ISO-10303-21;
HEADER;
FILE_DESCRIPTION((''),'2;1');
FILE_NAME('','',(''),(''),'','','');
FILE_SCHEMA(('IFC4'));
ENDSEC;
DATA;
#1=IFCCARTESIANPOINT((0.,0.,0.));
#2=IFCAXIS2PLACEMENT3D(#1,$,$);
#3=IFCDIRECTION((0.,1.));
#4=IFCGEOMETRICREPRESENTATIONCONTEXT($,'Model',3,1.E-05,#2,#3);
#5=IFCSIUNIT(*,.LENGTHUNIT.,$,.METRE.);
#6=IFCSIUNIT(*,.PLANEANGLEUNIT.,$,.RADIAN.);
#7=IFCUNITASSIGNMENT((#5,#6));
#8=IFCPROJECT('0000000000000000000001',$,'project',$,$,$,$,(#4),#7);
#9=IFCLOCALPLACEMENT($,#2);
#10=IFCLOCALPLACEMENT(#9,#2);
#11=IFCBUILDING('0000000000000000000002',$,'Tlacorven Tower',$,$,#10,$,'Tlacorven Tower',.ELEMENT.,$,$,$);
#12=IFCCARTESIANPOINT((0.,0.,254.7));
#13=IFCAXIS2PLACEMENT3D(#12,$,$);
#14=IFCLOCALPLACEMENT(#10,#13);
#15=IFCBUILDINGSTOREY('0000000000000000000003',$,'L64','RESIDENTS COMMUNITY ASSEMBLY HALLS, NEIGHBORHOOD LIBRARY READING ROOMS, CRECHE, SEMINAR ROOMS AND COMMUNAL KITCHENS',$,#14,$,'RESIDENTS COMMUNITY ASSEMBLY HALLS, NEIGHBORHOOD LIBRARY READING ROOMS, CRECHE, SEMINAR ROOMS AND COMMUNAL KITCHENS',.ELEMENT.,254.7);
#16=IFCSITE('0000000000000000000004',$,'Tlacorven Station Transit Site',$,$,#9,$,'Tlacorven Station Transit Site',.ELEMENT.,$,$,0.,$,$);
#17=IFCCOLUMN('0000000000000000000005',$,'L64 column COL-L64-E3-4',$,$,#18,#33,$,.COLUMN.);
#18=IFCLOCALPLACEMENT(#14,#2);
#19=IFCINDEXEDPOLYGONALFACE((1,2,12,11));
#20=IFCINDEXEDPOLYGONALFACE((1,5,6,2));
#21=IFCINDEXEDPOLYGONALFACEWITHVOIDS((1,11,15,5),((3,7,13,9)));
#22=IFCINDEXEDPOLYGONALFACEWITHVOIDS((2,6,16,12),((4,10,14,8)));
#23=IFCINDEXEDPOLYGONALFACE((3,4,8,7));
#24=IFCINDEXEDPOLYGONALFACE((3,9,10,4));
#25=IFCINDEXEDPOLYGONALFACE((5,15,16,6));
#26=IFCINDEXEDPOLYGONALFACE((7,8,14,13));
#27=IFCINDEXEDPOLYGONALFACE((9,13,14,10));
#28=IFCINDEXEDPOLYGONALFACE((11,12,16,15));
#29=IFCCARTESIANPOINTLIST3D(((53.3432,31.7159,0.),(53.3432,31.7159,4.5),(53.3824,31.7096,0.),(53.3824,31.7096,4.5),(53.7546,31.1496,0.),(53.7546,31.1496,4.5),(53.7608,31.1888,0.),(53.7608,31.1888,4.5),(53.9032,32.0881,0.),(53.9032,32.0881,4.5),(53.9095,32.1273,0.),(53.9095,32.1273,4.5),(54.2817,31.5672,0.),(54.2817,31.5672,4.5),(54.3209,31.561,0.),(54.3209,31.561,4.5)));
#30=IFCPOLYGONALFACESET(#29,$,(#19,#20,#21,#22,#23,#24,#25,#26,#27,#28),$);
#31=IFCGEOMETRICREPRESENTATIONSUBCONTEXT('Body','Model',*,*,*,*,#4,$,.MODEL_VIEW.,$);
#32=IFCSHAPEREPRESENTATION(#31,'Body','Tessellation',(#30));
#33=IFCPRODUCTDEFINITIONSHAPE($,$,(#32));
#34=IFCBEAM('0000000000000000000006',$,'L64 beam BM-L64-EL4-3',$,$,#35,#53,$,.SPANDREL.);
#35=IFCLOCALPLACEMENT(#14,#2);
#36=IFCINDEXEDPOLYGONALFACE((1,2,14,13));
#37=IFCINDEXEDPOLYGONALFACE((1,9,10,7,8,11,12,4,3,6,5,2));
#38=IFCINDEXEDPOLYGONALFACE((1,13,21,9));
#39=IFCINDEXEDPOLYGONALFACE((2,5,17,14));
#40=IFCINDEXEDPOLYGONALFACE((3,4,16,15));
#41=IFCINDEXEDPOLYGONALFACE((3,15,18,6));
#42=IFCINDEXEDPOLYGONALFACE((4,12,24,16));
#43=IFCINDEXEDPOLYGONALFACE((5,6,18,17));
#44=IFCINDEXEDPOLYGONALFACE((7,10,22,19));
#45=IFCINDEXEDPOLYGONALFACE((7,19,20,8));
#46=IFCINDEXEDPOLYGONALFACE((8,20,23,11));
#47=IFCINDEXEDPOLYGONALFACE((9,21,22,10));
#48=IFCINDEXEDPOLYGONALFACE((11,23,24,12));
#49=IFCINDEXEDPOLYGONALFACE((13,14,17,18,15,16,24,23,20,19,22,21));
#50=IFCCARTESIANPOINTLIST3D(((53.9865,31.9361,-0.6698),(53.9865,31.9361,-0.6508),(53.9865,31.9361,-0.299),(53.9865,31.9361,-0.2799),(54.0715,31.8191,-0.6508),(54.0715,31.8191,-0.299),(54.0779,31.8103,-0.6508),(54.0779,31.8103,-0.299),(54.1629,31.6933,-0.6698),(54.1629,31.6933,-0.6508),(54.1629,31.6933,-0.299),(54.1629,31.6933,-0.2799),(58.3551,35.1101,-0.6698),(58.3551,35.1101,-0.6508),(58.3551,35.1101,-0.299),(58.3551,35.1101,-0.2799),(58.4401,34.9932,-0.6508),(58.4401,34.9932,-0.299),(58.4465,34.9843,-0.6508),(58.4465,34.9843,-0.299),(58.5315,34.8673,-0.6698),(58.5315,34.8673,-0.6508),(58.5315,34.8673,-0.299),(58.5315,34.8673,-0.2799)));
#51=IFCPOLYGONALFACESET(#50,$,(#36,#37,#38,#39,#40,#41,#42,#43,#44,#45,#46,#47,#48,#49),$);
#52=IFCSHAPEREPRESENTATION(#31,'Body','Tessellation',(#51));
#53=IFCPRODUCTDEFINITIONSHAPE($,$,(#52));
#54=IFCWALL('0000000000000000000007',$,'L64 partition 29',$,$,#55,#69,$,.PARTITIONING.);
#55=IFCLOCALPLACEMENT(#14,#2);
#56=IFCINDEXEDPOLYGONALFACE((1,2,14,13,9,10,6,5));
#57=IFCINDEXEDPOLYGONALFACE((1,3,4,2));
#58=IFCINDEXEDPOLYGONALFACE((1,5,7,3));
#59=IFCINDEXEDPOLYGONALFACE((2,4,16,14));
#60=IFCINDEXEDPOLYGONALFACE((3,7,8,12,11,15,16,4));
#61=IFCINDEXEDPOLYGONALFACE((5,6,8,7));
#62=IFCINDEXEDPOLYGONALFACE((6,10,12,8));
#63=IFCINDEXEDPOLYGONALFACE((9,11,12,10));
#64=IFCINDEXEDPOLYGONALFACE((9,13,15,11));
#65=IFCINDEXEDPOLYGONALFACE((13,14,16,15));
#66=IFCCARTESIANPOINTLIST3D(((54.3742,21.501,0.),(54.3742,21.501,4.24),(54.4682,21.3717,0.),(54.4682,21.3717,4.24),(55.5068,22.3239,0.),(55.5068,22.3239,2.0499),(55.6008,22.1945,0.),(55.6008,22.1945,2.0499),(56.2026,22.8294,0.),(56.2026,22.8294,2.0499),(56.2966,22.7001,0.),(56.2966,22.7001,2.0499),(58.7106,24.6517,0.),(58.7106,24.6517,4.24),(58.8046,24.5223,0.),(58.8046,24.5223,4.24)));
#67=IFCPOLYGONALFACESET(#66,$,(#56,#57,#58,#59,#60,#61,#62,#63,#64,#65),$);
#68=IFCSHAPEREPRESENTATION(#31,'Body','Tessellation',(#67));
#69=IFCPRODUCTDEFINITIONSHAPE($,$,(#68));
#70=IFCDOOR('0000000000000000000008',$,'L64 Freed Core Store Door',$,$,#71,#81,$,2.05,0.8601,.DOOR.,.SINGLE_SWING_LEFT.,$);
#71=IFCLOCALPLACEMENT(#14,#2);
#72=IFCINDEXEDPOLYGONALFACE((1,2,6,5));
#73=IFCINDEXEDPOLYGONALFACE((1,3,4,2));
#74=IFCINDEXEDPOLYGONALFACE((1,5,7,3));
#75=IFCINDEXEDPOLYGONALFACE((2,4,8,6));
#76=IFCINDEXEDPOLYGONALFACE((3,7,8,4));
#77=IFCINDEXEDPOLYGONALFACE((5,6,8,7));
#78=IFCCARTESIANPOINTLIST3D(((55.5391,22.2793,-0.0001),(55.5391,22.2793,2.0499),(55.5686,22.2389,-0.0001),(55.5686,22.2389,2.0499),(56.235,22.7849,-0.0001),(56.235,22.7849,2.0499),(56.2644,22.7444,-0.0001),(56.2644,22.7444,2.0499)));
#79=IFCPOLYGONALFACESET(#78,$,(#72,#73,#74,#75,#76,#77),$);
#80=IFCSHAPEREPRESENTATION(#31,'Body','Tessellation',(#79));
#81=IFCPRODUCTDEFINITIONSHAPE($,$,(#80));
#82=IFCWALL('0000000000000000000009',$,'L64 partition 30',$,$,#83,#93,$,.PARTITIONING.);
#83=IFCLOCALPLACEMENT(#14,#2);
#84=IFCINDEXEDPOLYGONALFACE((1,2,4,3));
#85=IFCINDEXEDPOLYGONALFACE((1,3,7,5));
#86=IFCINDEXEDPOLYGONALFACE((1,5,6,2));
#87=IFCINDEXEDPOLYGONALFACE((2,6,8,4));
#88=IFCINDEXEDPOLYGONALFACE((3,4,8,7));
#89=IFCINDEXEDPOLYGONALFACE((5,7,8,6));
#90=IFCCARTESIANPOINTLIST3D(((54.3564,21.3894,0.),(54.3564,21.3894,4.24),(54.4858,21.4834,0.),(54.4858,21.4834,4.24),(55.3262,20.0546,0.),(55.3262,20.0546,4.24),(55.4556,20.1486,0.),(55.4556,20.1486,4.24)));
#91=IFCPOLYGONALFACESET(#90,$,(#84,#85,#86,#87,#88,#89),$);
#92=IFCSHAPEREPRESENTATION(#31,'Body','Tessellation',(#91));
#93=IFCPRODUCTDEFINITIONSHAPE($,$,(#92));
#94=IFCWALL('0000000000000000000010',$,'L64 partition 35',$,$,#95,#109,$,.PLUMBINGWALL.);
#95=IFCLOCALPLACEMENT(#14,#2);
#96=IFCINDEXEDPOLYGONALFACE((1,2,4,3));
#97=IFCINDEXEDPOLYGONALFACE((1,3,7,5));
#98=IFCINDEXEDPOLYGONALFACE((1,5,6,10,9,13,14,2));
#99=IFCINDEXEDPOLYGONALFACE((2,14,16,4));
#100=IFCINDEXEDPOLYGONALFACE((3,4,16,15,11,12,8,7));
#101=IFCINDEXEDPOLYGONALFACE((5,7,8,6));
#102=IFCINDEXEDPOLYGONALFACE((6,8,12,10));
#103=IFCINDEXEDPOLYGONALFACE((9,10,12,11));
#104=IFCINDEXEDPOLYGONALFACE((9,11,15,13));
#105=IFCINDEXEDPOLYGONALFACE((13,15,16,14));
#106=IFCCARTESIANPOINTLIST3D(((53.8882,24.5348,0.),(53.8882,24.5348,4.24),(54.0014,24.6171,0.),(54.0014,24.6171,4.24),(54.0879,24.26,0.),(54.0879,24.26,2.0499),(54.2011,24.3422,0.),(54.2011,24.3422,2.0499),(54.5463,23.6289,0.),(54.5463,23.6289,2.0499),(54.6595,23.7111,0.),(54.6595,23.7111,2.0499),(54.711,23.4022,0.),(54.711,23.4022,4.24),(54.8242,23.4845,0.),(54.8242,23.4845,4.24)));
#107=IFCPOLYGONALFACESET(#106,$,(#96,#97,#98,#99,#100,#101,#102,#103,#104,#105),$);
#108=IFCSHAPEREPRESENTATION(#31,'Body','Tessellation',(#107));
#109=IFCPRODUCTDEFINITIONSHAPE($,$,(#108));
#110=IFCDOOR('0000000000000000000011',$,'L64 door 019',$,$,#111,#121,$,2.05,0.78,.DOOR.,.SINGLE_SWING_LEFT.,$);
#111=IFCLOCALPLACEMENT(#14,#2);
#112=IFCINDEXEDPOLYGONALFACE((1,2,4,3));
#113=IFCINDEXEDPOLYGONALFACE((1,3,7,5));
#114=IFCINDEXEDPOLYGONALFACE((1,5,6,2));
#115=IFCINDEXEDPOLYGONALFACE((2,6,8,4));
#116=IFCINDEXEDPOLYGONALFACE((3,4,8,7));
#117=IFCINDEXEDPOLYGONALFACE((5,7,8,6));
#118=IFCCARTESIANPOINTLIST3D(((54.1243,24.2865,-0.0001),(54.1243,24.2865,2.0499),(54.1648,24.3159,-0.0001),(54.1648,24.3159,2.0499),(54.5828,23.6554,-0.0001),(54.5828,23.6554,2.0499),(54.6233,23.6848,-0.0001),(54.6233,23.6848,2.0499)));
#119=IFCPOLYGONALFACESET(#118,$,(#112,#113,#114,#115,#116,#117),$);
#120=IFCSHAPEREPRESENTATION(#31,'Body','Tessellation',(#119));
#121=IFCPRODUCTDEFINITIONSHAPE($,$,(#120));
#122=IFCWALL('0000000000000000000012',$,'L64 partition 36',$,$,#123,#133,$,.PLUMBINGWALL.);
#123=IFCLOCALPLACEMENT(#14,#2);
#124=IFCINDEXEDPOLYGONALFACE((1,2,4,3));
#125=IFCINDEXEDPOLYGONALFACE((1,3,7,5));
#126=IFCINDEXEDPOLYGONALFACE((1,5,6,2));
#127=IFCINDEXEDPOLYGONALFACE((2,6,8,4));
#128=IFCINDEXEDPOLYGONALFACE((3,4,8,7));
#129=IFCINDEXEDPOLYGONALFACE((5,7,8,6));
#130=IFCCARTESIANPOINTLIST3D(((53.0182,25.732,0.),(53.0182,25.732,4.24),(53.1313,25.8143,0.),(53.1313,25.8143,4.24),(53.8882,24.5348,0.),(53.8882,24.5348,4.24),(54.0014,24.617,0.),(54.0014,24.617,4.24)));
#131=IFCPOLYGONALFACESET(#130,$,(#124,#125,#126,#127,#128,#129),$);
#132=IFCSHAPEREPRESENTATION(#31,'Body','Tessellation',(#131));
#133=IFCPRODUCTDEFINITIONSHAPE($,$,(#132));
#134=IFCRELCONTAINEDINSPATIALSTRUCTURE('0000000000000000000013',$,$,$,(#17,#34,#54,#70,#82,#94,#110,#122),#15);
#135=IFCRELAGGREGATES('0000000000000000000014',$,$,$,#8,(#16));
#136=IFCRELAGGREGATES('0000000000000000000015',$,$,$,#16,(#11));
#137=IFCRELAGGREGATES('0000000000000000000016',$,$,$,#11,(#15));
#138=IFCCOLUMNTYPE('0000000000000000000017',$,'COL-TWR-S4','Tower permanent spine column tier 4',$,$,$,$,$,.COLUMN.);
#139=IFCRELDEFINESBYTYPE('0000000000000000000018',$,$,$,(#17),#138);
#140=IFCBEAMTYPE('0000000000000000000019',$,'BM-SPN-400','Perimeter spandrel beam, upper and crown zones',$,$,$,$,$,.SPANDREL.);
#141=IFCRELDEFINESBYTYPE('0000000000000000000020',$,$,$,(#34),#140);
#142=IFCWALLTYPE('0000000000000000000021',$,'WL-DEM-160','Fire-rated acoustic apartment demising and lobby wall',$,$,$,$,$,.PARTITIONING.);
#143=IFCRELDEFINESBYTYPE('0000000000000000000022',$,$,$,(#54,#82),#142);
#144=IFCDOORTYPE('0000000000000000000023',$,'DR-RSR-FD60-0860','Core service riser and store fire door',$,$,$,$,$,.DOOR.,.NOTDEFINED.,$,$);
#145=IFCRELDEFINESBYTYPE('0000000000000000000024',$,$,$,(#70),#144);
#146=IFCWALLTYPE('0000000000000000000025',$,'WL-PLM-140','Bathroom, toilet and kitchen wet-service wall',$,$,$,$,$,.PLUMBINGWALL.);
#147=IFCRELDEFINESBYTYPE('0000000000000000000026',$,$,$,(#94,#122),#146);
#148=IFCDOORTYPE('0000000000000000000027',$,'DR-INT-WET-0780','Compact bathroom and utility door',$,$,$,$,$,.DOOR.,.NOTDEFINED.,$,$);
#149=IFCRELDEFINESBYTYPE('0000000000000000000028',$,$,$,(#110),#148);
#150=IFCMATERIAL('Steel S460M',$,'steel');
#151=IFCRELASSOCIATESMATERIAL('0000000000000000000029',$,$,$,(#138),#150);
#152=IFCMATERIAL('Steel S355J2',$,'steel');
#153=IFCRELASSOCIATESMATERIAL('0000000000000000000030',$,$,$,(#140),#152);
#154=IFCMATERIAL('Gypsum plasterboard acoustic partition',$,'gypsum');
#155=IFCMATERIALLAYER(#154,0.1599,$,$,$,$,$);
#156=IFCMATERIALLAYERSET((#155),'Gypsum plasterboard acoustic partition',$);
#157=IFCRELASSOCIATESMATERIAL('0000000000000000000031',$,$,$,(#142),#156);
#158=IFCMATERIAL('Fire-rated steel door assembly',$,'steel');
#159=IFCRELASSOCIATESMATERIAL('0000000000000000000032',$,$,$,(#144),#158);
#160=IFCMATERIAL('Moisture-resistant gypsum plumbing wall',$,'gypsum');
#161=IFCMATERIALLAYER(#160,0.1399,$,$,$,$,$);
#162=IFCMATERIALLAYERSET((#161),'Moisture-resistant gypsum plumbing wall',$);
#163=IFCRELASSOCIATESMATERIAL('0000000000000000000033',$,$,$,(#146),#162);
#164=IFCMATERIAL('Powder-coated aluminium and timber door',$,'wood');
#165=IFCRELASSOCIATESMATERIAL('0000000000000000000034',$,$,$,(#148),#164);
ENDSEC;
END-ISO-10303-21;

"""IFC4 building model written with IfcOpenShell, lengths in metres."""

from ifc_helpers import new_model, si_unit, direction, frame, frame_2d, origin, origin_2d, place, context, subcontext, project, spatial, rectangle, hollow_rectangle, i_section, extrude, source, transform, mapped, material, layer, layer_set, material_profile, profile_set, type_object, element, fill, save


model = new_model("IFC4")

# Units and contexts
model_context = context("Model", 3, precision=1e-05, world=origin(), true_north=direction((0.0, 1.0)))
body_context = subcontext(model_context, "Body", "Model", "MODEL_VIEW")
ifc_project = project(units=[si_unit("LENGTHUNIT", "METRE"), si_unit("PLANEANGLEUNIT", "RADIAN")], contexts=[model_context])

# Site, building, storey
site_placement = place(None, origin())
site = spatial("IfcSite", under=ifc_project, at=site_placement, Name="Tlacorven Station Transit Site", LongName="Tlacorven Station Transit Site", CompositionType="ELEMENT", RefElevation=0.0)
building_placement = place(site_placement, origin())
building = spatial("IfcBuilding", under=site, at=building_placement, Name="Tlacorven Tower", LongName="Tlacorven Tower", CompositionType="ELEMENT")
storey_placement = place(building_placement, frame((0.0, 0.0, 254.7)))
storey = spatial("IfcBuildingStorey", under=building, at=storey_placement, Name="L64", Description="RESIDENTS COMMUNITY ASSEMBLY HALLS, NEIGHBORHOOD LIBRARY READING ROOMS, CRECHE, SEMINAR ROOMS AND COMMUNAL KITCHENS", LongName="RESIDENTS COMMUNITY ASSEMBLY HALLS, NEIGHBORHOOD LIBRARY READING ROOMS, CRECHE, SEMINAR ROOMS AND COMMUNAL KITCHENS", CompositionType="ELEMENT", Elevation=254.7)

# Column
ifc_material_1 = material(Name="Steel S460M", Category="steel")
ifc_material_profile_1 = material_profile(ifc_material_1, hollow_rectangle(XDim=0.7, YDim=0.7, WallThickness=0.0281, at=origin_2d()), Name="BOX 700X700X28")
ifc_profile_set_1 = profile_set([ifc_material_profile_1], Name="Steel S460M")
column_type = type_object("IfcColumnType", Name="COL-TWR-S4", Description="Tower permanent spine column tier 4", PredefinedType="COLUMN", material=ifc_profile_set_1)
shared_shape_1 = source(origin(), body_context, "Body", "SweptSolid", [
    extrude(hollow_rectangle(XDim=0.7, YDim=0.7, WallThickness=0.0281, at=origin_2d()), origin(), (0.0, 0.0, 1.0), 4.5),
])
column_placement = place(storey_placement, frame((53.832, 31.6384, 0.0), z_axis=(0.0, 0.0, 1.0), x_axis=(0.809017, 0.587785, 0.0)))
element("IfcColumn", 1, at=column_placement, inside=storey, type_object=column_type, Name="L64 column COL-L64-E3-4", PredefinedType="COLUMN", context=body_context, shape_type="MappedRepresentation", body=[
    mapped(shared_shape_1, transform((0.0, 0.0, 0.0), scale=1.0)),
])

# Beam
ifc_material_2 = material(Name="Steel S355J2", Category="steel")
ifc_material_profile_2 = material_profile(ifc_material_2, i_section(OverallWidth=0.3, OverallDepth=0.3899, WebThickness=0.011, FlangeThickness=0.019, at=origin_2d()), Name="HEA 400")
ifc_profile_set_2 = profile_set([ifc_material_profile_2], Name="Steel S355J2")
beam_type = type_object("IfcBeamType", Name="BM-SPN-400", Description="Perimeter spandrel beam, upper and crown zones", PredefinedType="SPANDREL", material=ifc_profile_set_2)
shared_shape_2 = source(origin(), body_context, "Body", "SweptSolid", [
    extrude(i_section(OverallWidth=0.3, OverallDepth=0.3899, WebThickness=0.011, FlangeThickness=0.019, at=origin_2d()), origin(), (0.0, 0.0, 1.0), 5.3999),
])
beam_placement = place(storey_placement, frame((54.0747, 31.8147, -0.4749), z_axis=(0.809012, 0.587793, 0.0), x_axis=(-0.587793, 0.809012, 0.0)))
element("IfcBeam", 2, at=beam_placement, inside=storey, type_object=beam_type, Name="L64 beam BM-L64-EL4-3", PredefinedType="SPANDREL", context=body_context, shape_type="MappedRepresentation", body=[
    mapped(shared_shape_2, transform((0.0, 0.0, 0.0), scale=1.0)),
])

# Wall, opening, door
ifc_material_3 = material(Name="Gypsum plasterboard acoustic partition", Category="gypsum")
ifc_layer_1 = layer(ifc_material_3, 0.1599)
ifc_layer_set_1 = layer_set([ifc_layer_1], Name="Gypsum plasterboard acoustic partition")
wall_type_1 = type_object("IfcWallType", Name="WL-DEM-160", Description="Fire-rated acoustic apartment demising and lobby wall", PredefinedType="PARTITIONING", material=ifc_layer_set_1)
wall_1_placement = place(storey_placement, frame((54.4211, 21.4363, 0.0), z_axis=(0.0, 0.0, 1.0), x_axis=(0.809014, 0.58779, 0.0)))
wall_1 = element("IfcWall", 3, at=wall_1_placement, inside=storey, type_object=wall_type_1, Name="L64 partition 29", PredefinedType="PARTITIONING", context=body_context, shape_type="SweptSolid", body=[
    extrude(rectangle(XDim=5.3601, YDim=0.1599, at=frame_2d((2.6802, 0.0))), origin(), (0.0, 0.0, 1.0), 4.24),
])
opening_1_placement = place(wall_1_placement, frame((1.3999, 0.0, 0.0)))
opening_1 = element("IfcOpeningElement", 4, at=opening_1_placement, cuts=wall_1, PredefinedType="OPENING", context=body_context, shape_type="SweptSolid", body=[
    extrude(rectangle(XDim=0.8601, YDim=2.05, at=frame_2d((0.4302, 1.0249))), frame((0.0, 0.0898, 0.0), z_axis=(0.0, -1.0, 0.0), x_axis=(1.0, 0.0, 0.0)), (0.0, 0.0, 1.0), 0.1799),
])
ifc_material_4 = material(Name="Fire-rated steel door assembly", Category="steel")
door_type_1 = type_object("IfcDoorType", Name="DR-RSR-FD60-0860", Description="Core service riser and store fire door", OperationType="NOTDEFINED", PredefinedType="DOOR", material=ifc_material_4)
shared_shape_3 = source(origin(), body_context, "Body", "SweptSolid", [
    extrude(rectangle(XDim=0.8601, YDim=2.05, at=frame_2d((0.4302, 1.0249))), frame((0.0, 0.0249, 0.0), z_axis=(0.0, -1.0, 0.0), x_axis=(1.0, 0.0, 0.0)), (0.0, 0.0, 1.0), 0.05),
])
door_1_placement = place(opening_1_placement, origin())
door_1 = element("IfcDoor", 5, at=door_1_placement, inside=storey, type_object=door_type_1, Name="L64 Freed Core Store Door", OperationType="SINGLE_SWING_LEFT", OverallHeight=2.05, OverallWidth=0.8601, PredefinedType="DOOR", context=body_context, shape_type="MappedRepresentation", body=[
    mapped(shared_shape_3, transform((0.0, 0.0, 0.0), scale=1.0)),
])
fill(opening_1, door_1)

# Wall
wall_2_placement = place(storey_placement, frame((55.3909, 20.1016, 0.0), z_axis=(0.0, 0.0, 1.0), x_axis=(-0.587784, 0.809018, 0.0)))
element("IfcWall", 6, at=wall_2_placement, inside=storey, type_object=wall_type_1, Name="L64 partition 30", PredefinedType="PARTITIONING", context=body_context, shape_type="SweptSolid", body=[
    extrude(rectangle(XDim=1.6499, YDim=0.1599, at=frame_2d((0.825, 0.0))), origin(), (0.0, 0.0, 1.0), 4.24),
])

# Wall, opening, door
ifc_material_5 = material(Name="Moisture-resistant gypsum plumbing wall", Category="gypsum")
ifc_layer_2 = layer(ifc_material_5, 0.1399)
ifc_layer_set_2 = layer_set([ifc_layer_2], Name="Moisture-resistant gypsum plumbing wall")
wall_type_2 = type_object("IfcWallType", Name="WL-PLM-140", Description="Bathroom, toilet and kitchen wet-service wall", PredefinedType="PLUMBINGWALL", material=ifc_layer_set_2)
wall_3_placement = place(storey_placement, frame((54.7676, 23.4434, 0.0), z_axis=(0.0, 0.0, 1.0), x_axis=(-0.587736, 0.809053, 0.0)))
wall_3 = element("IfcWall", 7, at=wall_3_placement, inside=storey, type_object=wall_type_2, Name="L64 partition 35", PredefinedType="PLUMBINGWALL", context=body_context, shape_type="SweptSolid", body=[
    extrude(rectangle(XDim=1.3999, YDim=0.1399, at=frame_2d((0.7, 0.0))), origin(), (0.0, 0.0, 1.0), 4.24),
])
opening_2_placement = place(wall_3_placement, frame((0.28, 0.0, 0.0)))
opening_2 = element("IfcOpeningElement", 8, at=opening_2_placement, cuts=wall_3, PredefinedType="OPENING", context=body_context, shape_type="SweptSolid", body=[
    extrude(rectangle(XDim=0.78, YDim=2.05, at=frame_2d((0.3901, 1.0249))), frame((0.0, 0.0801, 0.0), z_axis=(0.0, -1.0, 0.0), x_axis=(1.0, 0.0, 0.0)), (0.0, 0.0, 1.0), 0.1599),
])
ifc_material_6 = material(Name="Powder-coated aluminium and timber door", Category="wood")
door_type_2 = type_object("IfcDoorType", Name="DR-INT-WET-0780", Description="Compact bathroom and utility door", OperationType="NOTDEFINED", PredefinedType="DOOR", material=ifc_material_6)
shared_shape_4 = source(origin(), body_context, "Body", "SweptSolid", [
    extrude(rectangle(XDim=0.78, YDim=2.05, at=frame_2d((0.3901, 1.0249))), frame((0.0, 0.0249, 0.0), z_axis=(0.0, -1.0, 0.0), x_axis=(1.0, 0.0, 0.0)), (0.0, 0.0, 1.0), 0.05),
])
door_2_placement = place(opening_2_placement, origin())
door_2 = element("IfcDoor", 9, at=door_2_placement, inside=storey, type_object=door_type_2, Name="L64 door 019", OperationType="SINGLE_SWING_LEFT", OverallHeight=2.05, OverallWidth=0.78, PredefinedType="DOOR", context=body_context, shape_type="MappedRepresentation", body=[
    mapped(shared_shape_4, transform((0.0, 0.0, 0.0), scale=1.0)),
])
fill(opening_2, door_2)

# Wall
wall_4_placement = place(storey_placement, frame((53.9448, 24.5759, 0.0), z_axis=(0.0, 0.0, 1.0), x_axis=(-0.587897, 0.808936, 0.0)))
element("IfcWall", 10, at=wall_4_placement, inside=storey, type_object=wall_type_2, Name="L64 partition 36", PredefinedType="PLUMBINGWALL", context=body_context, shape_type="SweptSolid", body=[
    extrude(rectangle(XDim=1.48, YDim=0.1399, at=frame_2d((0.74, 0.0))), origin(), (0.0, 0.0, 1.0), 4.24),
])

save(model, "model.ifc")
